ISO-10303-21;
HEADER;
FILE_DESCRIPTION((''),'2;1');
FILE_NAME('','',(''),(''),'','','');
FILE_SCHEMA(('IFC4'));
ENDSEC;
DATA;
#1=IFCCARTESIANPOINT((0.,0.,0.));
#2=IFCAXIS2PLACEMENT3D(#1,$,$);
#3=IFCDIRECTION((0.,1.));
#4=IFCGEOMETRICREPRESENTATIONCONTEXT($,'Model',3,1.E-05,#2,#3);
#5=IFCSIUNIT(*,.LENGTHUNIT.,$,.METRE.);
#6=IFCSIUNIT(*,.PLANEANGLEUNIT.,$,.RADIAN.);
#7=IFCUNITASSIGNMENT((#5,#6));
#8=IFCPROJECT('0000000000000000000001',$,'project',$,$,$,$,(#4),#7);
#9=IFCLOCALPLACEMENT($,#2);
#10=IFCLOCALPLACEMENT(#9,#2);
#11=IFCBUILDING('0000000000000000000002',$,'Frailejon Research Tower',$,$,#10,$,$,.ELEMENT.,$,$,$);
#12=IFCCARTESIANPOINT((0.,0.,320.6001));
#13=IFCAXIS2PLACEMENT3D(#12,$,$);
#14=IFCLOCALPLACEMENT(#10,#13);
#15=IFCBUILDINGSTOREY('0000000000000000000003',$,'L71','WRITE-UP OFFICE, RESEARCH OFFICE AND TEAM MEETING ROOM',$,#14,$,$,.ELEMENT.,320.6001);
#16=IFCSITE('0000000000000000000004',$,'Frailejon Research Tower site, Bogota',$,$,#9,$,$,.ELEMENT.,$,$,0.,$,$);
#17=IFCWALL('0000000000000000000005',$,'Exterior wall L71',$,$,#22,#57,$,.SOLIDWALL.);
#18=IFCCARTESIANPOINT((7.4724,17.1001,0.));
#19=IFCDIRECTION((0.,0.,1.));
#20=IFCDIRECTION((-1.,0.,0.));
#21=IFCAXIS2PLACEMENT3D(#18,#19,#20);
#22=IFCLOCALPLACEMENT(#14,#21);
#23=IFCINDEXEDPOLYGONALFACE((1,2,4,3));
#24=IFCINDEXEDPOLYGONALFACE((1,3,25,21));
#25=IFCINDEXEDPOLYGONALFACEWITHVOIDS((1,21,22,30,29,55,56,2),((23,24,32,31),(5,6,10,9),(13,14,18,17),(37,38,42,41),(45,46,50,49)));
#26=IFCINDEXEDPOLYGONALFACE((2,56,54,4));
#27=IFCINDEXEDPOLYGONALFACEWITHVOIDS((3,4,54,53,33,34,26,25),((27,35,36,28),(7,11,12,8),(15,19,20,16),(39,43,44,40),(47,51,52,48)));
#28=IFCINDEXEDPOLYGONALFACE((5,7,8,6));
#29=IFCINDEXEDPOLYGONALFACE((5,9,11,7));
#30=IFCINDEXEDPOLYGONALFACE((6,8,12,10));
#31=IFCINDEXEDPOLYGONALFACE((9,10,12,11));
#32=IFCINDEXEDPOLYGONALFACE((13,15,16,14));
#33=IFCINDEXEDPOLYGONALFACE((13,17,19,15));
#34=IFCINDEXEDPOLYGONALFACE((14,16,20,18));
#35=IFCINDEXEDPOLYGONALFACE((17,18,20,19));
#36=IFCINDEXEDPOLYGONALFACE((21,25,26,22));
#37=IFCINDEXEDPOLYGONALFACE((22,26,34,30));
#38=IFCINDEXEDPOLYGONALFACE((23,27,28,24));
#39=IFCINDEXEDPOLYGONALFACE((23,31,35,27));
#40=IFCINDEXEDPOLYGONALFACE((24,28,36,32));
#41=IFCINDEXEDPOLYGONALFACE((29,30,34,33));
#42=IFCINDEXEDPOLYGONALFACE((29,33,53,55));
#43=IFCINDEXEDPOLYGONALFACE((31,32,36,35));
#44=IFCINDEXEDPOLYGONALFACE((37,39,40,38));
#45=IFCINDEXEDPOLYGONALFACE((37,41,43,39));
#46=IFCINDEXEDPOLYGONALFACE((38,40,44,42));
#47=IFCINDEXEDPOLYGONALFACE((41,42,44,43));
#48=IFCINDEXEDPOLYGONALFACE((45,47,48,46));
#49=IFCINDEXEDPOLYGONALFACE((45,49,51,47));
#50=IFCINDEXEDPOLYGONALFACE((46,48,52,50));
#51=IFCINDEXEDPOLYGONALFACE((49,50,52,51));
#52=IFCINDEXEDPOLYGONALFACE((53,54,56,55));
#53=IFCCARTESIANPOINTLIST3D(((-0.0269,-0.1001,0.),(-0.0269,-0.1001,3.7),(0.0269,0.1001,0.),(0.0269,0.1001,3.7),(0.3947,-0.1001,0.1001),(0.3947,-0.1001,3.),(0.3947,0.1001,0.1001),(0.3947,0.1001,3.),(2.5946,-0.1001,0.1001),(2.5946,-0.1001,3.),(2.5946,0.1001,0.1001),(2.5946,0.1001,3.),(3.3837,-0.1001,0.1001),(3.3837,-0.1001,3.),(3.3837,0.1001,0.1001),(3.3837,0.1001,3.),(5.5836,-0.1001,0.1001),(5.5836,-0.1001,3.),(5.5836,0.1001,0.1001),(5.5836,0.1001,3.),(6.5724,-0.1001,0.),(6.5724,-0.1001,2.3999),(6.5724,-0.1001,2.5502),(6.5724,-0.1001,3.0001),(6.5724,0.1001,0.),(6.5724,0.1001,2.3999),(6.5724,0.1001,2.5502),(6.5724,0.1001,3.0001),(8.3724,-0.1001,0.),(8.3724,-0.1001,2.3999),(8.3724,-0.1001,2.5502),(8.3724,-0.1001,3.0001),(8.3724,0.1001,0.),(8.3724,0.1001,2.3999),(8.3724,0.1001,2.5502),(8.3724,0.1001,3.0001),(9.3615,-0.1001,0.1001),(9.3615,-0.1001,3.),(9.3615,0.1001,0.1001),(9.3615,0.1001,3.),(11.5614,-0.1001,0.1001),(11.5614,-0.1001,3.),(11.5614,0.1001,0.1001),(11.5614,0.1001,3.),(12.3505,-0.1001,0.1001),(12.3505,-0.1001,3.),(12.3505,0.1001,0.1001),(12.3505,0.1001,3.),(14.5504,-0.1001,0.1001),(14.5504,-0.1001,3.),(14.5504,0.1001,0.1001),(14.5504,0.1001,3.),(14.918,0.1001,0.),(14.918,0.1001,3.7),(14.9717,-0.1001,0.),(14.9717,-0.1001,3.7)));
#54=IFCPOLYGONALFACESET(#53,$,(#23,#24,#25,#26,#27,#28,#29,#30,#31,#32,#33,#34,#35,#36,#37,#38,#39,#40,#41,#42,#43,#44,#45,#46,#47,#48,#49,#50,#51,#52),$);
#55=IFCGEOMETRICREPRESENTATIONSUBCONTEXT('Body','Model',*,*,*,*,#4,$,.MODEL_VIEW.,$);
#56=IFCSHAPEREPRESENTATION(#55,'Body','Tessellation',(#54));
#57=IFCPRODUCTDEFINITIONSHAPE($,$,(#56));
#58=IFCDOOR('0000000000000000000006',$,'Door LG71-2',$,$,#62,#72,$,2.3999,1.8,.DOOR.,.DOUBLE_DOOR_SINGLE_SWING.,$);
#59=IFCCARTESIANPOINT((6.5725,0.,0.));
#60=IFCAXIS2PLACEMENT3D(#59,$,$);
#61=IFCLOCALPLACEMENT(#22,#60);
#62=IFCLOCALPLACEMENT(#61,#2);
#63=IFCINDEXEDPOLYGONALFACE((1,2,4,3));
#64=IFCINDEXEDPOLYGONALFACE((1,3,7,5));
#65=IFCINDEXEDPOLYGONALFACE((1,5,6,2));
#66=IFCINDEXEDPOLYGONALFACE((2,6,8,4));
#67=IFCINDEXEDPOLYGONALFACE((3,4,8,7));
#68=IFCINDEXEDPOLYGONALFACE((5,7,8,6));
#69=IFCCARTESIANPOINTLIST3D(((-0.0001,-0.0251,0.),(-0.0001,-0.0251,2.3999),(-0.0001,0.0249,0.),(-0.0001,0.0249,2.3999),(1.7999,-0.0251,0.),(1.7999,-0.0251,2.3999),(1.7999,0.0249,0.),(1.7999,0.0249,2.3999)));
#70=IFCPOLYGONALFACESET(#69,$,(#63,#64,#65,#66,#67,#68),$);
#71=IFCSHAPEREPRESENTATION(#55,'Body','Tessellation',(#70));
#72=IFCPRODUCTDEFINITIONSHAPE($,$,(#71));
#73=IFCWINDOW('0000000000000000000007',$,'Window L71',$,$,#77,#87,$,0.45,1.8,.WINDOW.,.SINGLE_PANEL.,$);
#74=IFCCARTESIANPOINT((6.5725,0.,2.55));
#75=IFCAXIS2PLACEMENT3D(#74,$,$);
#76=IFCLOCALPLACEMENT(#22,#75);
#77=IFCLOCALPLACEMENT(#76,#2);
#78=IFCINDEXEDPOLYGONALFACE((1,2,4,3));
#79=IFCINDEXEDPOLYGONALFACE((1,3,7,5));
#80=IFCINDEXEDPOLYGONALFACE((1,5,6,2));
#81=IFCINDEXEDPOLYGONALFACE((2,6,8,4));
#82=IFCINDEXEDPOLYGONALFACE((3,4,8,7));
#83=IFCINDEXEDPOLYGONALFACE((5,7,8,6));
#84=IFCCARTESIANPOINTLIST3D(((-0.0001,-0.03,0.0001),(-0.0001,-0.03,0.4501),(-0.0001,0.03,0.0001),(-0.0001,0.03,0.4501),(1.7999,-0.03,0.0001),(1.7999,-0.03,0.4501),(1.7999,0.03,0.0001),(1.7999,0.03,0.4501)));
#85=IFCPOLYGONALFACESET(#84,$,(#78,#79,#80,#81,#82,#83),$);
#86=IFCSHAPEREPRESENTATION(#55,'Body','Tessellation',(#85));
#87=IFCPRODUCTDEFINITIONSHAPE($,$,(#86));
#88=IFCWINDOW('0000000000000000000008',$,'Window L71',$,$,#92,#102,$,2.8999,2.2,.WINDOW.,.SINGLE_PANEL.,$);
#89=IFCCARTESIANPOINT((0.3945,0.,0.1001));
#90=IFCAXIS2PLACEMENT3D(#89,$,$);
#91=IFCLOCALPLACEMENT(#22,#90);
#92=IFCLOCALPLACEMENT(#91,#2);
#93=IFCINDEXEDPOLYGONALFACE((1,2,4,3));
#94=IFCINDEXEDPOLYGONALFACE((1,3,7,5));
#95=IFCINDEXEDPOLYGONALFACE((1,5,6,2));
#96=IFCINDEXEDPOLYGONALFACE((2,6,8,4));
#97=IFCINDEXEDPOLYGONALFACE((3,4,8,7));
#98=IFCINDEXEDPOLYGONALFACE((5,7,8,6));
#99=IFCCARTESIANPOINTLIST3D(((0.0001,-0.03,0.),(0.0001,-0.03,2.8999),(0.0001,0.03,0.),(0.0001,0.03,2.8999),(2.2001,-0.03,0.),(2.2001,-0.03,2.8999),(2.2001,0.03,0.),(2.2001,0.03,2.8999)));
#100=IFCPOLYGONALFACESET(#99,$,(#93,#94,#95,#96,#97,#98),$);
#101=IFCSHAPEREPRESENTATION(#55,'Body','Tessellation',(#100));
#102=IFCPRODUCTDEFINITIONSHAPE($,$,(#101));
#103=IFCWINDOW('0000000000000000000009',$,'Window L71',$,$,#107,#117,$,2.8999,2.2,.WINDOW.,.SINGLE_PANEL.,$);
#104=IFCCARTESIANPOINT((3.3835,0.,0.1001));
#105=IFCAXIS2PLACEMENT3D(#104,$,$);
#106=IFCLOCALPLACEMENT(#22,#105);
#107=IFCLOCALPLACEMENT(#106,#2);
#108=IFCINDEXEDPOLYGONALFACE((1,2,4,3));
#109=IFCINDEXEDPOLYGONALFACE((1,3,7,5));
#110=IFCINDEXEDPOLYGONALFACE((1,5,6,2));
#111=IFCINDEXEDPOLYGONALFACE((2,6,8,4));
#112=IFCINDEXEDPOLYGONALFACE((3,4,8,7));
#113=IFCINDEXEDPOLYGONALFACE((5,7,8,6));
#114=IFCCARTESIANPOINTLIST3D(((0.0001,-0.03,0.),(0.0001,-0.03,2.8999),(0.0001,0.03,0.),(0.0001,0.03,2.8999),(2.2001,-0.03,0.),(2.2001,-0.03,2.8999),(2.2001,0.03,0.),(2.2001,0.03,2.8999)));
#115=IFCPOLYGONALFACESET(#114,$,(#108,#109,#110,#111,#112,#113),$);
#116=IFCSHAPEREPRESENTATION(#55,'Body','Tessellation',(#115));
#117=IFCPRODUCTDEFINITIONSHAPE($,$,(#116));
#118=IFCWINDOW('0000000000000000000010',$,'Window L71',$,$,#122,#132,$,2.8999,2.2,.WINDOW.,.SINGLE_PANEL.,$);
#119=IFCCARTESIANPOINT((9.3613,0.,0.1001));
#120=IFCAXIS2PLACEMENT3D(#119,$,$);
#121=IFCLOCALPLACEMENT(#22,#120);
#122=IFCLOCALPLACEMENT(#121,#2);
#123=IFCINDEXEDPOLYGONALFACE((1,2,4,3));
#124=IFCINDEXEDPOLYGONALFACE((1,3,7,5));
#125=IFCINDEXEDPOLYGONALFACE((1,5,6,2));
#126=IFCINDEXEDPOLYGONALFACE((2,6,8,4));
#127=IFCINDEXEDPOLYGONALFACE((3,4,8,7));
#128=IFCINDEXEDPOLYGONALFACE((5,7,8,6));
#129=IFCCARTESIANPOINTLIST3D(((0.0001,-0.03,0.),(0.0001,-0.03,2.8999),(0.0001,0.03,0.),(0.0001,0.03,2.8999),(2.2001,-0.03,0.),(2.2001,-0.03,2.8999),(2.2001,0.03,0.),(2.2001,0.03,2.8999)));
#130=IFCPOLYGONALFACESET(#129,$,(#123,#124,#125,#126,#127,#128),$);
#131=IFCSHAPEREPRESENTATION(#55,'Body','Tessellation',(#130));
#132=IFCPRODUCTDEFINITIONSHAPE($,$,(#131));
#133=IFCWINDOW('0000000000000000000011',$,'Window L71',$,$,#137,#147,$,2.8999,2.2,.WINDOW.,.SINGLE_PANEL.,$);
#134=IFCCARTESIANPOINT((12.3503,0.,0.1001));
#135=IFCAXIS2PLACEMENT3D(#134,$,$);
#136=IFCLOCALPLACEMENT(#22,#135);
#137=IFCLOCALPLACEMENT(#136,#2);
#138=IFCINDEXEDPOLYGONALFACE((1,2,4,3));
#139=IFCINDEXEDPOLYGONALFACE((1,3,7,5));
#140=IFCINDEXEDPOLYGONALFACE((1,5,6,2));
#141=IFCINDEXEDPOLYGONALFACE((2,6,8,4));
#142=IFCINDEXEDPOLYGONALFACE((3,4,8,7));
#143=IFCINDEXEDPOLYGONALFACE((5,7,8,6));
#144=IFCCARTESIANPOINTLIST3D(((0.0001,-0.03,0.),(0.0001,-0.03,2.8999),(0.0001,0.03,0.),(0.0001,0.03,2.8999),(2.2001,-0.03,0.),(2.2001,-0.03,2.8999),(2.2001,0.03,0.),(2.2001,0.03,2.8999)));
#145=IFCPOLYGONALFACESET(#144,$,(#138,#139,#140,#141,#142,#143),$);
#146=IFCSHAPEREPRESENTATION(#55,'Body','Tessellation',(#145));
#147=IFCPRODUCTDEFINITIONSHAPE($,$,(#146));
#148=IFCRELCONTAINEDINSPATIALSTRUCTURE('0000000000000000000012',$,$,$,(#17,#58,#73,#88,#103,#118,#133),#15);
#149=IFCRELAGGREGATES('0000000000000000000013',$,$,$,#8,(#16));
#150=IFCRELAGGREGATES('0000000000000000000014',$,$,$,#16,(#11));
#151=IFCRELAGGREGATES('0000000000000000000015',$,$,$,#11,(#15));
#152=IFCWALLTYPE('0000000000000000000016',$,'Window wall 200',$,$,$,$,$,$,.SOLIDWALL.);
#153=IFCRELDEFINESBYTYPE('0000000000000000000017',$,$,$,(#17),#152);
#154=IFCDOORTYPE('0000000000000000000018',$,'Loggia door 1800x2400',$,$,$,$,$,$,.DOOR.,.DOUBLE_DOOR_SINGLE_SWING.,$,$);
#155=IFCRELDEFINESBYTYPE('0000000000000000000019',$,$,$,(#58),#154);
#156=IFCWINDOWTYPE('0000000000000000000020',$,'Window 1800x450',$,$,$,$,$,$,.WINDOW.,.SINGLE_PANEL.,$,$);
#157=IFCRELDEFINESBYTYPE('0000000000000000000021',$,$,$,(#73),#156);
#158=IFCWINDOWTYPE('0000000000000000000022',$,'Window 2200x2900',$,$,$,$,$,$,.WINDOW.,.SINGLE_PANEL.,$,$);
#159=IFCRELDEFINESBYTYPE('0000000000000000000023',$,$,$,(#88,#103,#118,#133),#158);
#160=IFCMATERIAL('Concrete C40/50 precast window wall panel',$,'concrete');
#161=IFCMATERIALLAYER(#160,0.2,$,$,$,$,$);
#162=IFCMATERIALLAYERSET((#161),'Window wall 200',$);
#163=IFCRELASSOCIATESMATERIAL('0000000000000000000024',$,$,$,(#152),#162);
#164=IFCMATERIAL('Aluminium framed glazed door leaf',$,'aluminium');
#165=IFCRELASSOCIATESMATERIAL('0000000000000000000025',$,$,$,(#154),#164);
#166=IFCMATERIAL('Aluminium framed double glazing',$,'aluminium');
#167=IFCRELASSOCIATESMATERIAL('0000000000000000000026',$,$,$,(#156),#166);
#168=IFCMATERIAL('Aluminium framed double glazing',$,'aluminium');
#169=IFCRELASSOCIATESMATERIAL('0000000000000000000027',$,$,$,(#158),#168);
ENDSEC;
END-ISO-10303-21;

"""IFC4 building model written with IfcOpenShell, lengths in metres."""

from ifc_helpers import new_model, si_unit, direction, frame, frame_2d, origin, place, context, subcontext, project, spatial, polyline, rectangle, outline, extrude, material, layer, layer_set, type_object, element, fill, save


model = new_model("IFC4")

# Units and contexts
model_context = context("Model", 3, precision=1e-05, world=origin(), true_north=direction((0.0, 1.0)))
body_context = subcontext(model_context, "Body", "Model", "MODEL_VIEW")
ifc_project = project(units=[si_unit("LENGTHUNIT", "METRE"), si_unit("PLANEANGLEUNIT", "RADIAN")], contexts=[model_context])

# Site, building, storey
site_placement = place(None, origin())
site = spatial("IfcSite", under=ifc_project, at=site_placement, Name="Frailejon Research Tower site, Bogota", CompositionType="ELEMENT", RefElevation=0.0)
building_placement = place(site_placement, origin())
building = spatial("IfcBuilding", under=site, at=building_placement, Name="Frailejon Research Tower", CompositionType="ELEMENT")
storey_placement = place(building_placement, frame((0.0, 0.0, 320.6001)))
storey = spatial("IfcBuildingStorey", under=building, at=storey_placement, Name="L71", Description="WRITE-UP OFFICE, RESEARCH OFFICE AND TEAM MEETING ROOM", CompositionType="ELEMENT", Elevation=320.6001)

# Wall, openings, door, windows
ifc_material_1 = material(Name="Concrete C40/50 precast window wall panel", Category="concrete")
ifc_layer_1 = layer(ifc_material_1, 0.2)
ifc_layer_set_1 = layer_set([ifc_layer_1], Name="Window wall 200")
wall_type_1 = type_object("IfcWallType", Name="Window wall 200", PredefinedType="SOLIDWALL", material=ifc_layer_set_1)
wall_1_placement = place(storey_placement, frame((7.4724, 17.1001, 0.0), z_axis=(0.0, 0.0, 1.0), x_axis=(-1.0, 0.0, 0.0)))
wall_1 = element("IfcWall", 1, at=wall_1_placement, inside=storey, type_object=wall_type_1, Name="Exterior wall L71", PredefinedType="SOLIDWALL", context=body_context, shape_type="SweptSolid", body=[
    extrude(outline(polyline([(-0.0269, -0.1001), (1.0444, -0.1001), (2.1157, -0.1001), (3.187, -0.1001), (4.2585, -0.1001), (5.3298, -0.1001), (6.4011, -0.1001), (7.4724, -0.1001), (8.5437, -0.1001), (9.615, -0.1001), (10.6863, -0.1001), (11.7578, -0.1001), (12.8291, -0.1001), (13.9004, -0.1001), (14.9717, -0.1001), (14.918, 0.1001), (13.8542, 0.1001), (12.7908, 0.1001), (11.7271, 0.1001), (10.6633, 0.1001), (9.5996, 0.1001), (8.5361, 0.1001), (7.4724, 0.1001), (6.4087, 0.1001), (5.3452, 0.1001), (4.2815, 0.1001), (3.2178, 0.1001), (2.1541, 0.1001), (1.0906, 0.1001), (0.0269, 0.1001), (-0.0269, -0.1001)])), origin(), (0.0, 0.0, 1.0), 3.7),
])
opening_1_placement = place(wall_1_placement, frame((0.3945, 0.0, 0.1001)))
opening_1 = element("IfcOpeningElement", 2, at=opening_1_placement, cuts=wall_1, PredefinedType="OPENING", context=body_context, shape_type="SweptSolid", body=[
    extrude(rectangle(XDim=2.2, YDim=2.8999, at=frame_2d((1.1001, 1.45))), frame((0.0, 0.1099, 0.0), z_axis=(0.0, -1.0, 0.0), x_axis=(1.0, 0.0, 0.0)), (0.0, 0.0, 1.0), 0.22),
])
opening_2_placement = place(wall_1_placement, frame((3.3835, 0.0, 0.1001)))
opening_2 = element("IfcOpeningElement", 3, at=opening_2_placement, cuts=wall_1, PredefinedType="OPENING", context=body_context, shape_type="SweptSolid", body=[
    extrude(rectangle(XDim=2.2, YDim=2.8999, at=frame_2d((1.1001, 1.45))), frame((0.0, 0.1099, 0.0), z_axis=(0.0, -1.0, 0.0), x_axis=(1.0, 0.0, 0.0)), (0.0, 0.0, 1.0), 0.22),
])
opening_3_placement = place(wall_1_placement, frame((6.5725, 0.0, 0.0)))
opening_3 = element("IfcOpeningElement", 4, at=opening_3_placement, cuts=wall_1, PredefinedType="OPENING", context=body_context, shape_type="SweptSolid", body=[
    extrude(rectangle(XDim=1.8, YDim=2.3999, at=frame_2d((0.8999, 1.2))), frame((0.0, 0.1099, 0.0), z_axis=(0.0, -1.0, 0.0), x_axis=(1.0, 0.0, 0.0)), (0.0, 0.0, 1.0), 0.22),
])
opening_4_placement = place(wall_1_placement, frame((6.5725, 0.0, 2.55)))
opening_4 = element("IfcOpeningElement", 5, at=opening_4_placement, cuts=wall_1, PredefinedType="OPENING", context=body_context, shape_type="SweptSolid", body=[
    extrude(rectangle(XDim=1.8, YDim=0.45, at=frame_2d((0.8999, 0.2251))), frame((0.0, 0.1099, 0.0), z_axis=(0.0, -1.0, 0.0), x_axis=(1.0, 0.0, 0.0)), (0.0, 0.0, 1.0), 0.22),
])
opening_5_placement = place(wall_1_placement, frame((9.3613, 0.0, 0.1001)))
opening_5 = element("IfcOpeningElement", 6, at=opening_5_placement, cuts=wall_1, PredefinedType="OPENING", context=body_context, shape_type="SweptSolid", body=[
    extrude(rectangle(XDim=2.2, YDim=2.8999, at=frame_2d((1.1001, 1.45))), frame((0.0, 0.1099, 0.0), z_axis=(0.0, -1.0, 0.0), x_axis=(1.0, 0.0, 0.0)), (0.0, 0.0, 1.0), 0.22),
])
opening_6_placement = place(wall_1_placement, frame((12.3503, 0.0, 0.1001)))
opening_6 = element("IfcOpeningElement", 7, at=opening_6_placement, cuts=wall_1, PredefinedType="OPENING", context=body_context, shape_type="SweptSolid", body=[
    extrude(rectangle(XDim=2.2, YDim=2.8999, at=frame_2d((1.1001, 1.45))), frame((0.0, 0.1099, 0.0), z_axis=(0.0, -1.0, 0.0), x_axis=(1.0, 0.0, 0.0)), (0.0, 0.0, 1.0), 0.22),
])
ifc_material_2 = material(Name="Aluminium framed glazed door leaf", Category="aluminium")
door_type = type_object("IfcDoorType", Name="Loggia door 1800x2400", OperationType="DOUBLE_DOOR_SINGLE_SWING", PredefinedType="DOOR", material=ifc_material_2)
door_placement = place(opening_3_placement, origin())
door = element("IfcDoor", 8, at=door_placement, inside=storey, type_object=door_type, Name="Door LG71-2", OperationType="DOUBLE_DOOR_SINGLE_SWING", OverallHeight=2.3999, OverallWidth=1.8, PredefinedType="DOOR", context=body_context, shape_type="SweptSolid", body=[
    extrude(rectangle(XDim=1.8, YDim=2.3999, at=frame_2d((0.8999, 1.2))), frame((0.0, 0.0249, 0.0), z_axis=(0.0, -1.0, 0.0), x_axis=(1.0, 0.0, 0.0)), (0.0, 0.0, 1.0), 0.05),
])
fill(opening_3, door)
ifc_material_3 = material(Name="Aluminium framed double glazing", Category="aluminium")
window_type_1 = type_object("IfcWindowType", Name="Window 1800x450", PartitioningType="SINGLE_PANEL", PredefinedType="WINDOW", material=ifc_material_3)
window_1_placement = place(opening_4_placement, origin())
window_1 = element("IfcWindow", 9, at=window_1_placement, inside=storey, type_object=window_type_1, Name="Window L71", OverallHeight=0.45, OverallWidth=1.8, PartitioningType="SINGLE_PANEL", PredefinedType="WINDOW", context=body_context, shape_type="SweptSolid", body=[
    extrude(rectangle(XDim=1.8, YDim=0.45, at=frame_2d((0.8999, 0.2251))), frame((0.0, 0.03, 0.0), z_axis=(0.0, -1.0, 0.0), x_axis=(1.0, 0.0, 0.0)), (0.0, 0.0, 1.0), 0.0601),
])
fill(opening_4, window_1)
ifc_material_4 = material(Name="Aluminium framed double glazing", Category="aluminium")
window_type_2 = type_object("IfcWindowType", Name="Window 2200x2900", PartitioningType="SINGLE_PANEL", PredefinedType="WINDOW", material=ifc_material_4)
window_2_placement = place(opening_1_placement, origin())
window_2 = element("IfcWindow", 10, at=window_2_placement, inside=storey, type_object=window_type_2, Name="Window L71", OverallHeight=2.8999, OverallWidth=2.2, PartitioningType="SINGLE_PANEL", PredefinedType="WINDOW", context=body_context, shape_type="SweptSolid", body=[
    extrude(rectangle(XDim=2.2, YDim=2.8999, at=frame_2d((1.1001, 1.45))), frame((0.0, 0.03, 0.0), z_axis=(0.0, -1.0, 0.0), x_axis=(1.0, 0.0, 0.0)), (0.0, 0.0, 1.0), 0.0601),
])
fill(opening_1, window_2)
window_3_placement = place(opening_2_placement, origin())
window_3 = element("IfcWindow", 11, at=window_3_placement, inside=storey, type_object=window_type_2, Name="Window L71", OverallHeight=2.8999, OverallWidth=2.2, PartitioningType="SINGLE_PANEL", PredefinedType="WINDOW", context=body_context, shape_type="SweptSolid", body=[
    extrude(rectangle(XDim=2.2, YDim=2.8999, at=frame_2d((1.1001, 1.45))), frame((0.0, 0.03, 0.0), z_axis=(0.0, -1.0, 0.0), x_axis=(1.0, 0.0, 0.0)), (0.0, 0.0, 1.0), 0.0601),
])
fill(opening_2, window_3)
window_4_placement = place(opening_5_placement, origin())
window_4 = element("IfcWindow", 12, at=window_4_placement, inside=storey, type_object=window_type_2, Name="Window L71", OverallHeight=2.8999, OverallWidth=2.2, PartitioningType="SINGLE_PANEL", PredefinedType="WINDOW", context=body_context, shape_type="SweptSolid", body=[
    extrude(rectangle(XDim=2.2, YDim=2.8999, at=frame_2d((1.1001, 1.45))), frame((0.0, 0.03, 0.0), z_axis=(0.0, -1.0, 0.0), x_axis=(1.0, 0.0, 0.0)), (0.0, 0.0, 1.0), 0.0601),
])
fill(opening_5, window_4)
window_5_placement = place(opening_6_placement, origin())
window_5 = element("IfcWindow", 13, at=window_5_placement, inside=storey, type_object=window_type_2, Name="Window L71", OverallHeight=2.8999, OverallWidth=2.2, PartitioningType="SINGLE_PANEL", PredefinedType="WINDOW", context=body_context, shape_type="SweptSolid", body=[
    extrude(rectangle(XDim=2.2, YDim=2.8999, at=frame_2d((1.1001, 1.45))), frame((0.0, 0.03, 0.0), z_axis=(0.0, -1.0, 0.0), x_axis=(1.0, 0.0, 0.0)), (0.0, 0.0, 1.0), 0.0601),
])
fill(opening_6, window_5)

save(model, "model.ifc")
